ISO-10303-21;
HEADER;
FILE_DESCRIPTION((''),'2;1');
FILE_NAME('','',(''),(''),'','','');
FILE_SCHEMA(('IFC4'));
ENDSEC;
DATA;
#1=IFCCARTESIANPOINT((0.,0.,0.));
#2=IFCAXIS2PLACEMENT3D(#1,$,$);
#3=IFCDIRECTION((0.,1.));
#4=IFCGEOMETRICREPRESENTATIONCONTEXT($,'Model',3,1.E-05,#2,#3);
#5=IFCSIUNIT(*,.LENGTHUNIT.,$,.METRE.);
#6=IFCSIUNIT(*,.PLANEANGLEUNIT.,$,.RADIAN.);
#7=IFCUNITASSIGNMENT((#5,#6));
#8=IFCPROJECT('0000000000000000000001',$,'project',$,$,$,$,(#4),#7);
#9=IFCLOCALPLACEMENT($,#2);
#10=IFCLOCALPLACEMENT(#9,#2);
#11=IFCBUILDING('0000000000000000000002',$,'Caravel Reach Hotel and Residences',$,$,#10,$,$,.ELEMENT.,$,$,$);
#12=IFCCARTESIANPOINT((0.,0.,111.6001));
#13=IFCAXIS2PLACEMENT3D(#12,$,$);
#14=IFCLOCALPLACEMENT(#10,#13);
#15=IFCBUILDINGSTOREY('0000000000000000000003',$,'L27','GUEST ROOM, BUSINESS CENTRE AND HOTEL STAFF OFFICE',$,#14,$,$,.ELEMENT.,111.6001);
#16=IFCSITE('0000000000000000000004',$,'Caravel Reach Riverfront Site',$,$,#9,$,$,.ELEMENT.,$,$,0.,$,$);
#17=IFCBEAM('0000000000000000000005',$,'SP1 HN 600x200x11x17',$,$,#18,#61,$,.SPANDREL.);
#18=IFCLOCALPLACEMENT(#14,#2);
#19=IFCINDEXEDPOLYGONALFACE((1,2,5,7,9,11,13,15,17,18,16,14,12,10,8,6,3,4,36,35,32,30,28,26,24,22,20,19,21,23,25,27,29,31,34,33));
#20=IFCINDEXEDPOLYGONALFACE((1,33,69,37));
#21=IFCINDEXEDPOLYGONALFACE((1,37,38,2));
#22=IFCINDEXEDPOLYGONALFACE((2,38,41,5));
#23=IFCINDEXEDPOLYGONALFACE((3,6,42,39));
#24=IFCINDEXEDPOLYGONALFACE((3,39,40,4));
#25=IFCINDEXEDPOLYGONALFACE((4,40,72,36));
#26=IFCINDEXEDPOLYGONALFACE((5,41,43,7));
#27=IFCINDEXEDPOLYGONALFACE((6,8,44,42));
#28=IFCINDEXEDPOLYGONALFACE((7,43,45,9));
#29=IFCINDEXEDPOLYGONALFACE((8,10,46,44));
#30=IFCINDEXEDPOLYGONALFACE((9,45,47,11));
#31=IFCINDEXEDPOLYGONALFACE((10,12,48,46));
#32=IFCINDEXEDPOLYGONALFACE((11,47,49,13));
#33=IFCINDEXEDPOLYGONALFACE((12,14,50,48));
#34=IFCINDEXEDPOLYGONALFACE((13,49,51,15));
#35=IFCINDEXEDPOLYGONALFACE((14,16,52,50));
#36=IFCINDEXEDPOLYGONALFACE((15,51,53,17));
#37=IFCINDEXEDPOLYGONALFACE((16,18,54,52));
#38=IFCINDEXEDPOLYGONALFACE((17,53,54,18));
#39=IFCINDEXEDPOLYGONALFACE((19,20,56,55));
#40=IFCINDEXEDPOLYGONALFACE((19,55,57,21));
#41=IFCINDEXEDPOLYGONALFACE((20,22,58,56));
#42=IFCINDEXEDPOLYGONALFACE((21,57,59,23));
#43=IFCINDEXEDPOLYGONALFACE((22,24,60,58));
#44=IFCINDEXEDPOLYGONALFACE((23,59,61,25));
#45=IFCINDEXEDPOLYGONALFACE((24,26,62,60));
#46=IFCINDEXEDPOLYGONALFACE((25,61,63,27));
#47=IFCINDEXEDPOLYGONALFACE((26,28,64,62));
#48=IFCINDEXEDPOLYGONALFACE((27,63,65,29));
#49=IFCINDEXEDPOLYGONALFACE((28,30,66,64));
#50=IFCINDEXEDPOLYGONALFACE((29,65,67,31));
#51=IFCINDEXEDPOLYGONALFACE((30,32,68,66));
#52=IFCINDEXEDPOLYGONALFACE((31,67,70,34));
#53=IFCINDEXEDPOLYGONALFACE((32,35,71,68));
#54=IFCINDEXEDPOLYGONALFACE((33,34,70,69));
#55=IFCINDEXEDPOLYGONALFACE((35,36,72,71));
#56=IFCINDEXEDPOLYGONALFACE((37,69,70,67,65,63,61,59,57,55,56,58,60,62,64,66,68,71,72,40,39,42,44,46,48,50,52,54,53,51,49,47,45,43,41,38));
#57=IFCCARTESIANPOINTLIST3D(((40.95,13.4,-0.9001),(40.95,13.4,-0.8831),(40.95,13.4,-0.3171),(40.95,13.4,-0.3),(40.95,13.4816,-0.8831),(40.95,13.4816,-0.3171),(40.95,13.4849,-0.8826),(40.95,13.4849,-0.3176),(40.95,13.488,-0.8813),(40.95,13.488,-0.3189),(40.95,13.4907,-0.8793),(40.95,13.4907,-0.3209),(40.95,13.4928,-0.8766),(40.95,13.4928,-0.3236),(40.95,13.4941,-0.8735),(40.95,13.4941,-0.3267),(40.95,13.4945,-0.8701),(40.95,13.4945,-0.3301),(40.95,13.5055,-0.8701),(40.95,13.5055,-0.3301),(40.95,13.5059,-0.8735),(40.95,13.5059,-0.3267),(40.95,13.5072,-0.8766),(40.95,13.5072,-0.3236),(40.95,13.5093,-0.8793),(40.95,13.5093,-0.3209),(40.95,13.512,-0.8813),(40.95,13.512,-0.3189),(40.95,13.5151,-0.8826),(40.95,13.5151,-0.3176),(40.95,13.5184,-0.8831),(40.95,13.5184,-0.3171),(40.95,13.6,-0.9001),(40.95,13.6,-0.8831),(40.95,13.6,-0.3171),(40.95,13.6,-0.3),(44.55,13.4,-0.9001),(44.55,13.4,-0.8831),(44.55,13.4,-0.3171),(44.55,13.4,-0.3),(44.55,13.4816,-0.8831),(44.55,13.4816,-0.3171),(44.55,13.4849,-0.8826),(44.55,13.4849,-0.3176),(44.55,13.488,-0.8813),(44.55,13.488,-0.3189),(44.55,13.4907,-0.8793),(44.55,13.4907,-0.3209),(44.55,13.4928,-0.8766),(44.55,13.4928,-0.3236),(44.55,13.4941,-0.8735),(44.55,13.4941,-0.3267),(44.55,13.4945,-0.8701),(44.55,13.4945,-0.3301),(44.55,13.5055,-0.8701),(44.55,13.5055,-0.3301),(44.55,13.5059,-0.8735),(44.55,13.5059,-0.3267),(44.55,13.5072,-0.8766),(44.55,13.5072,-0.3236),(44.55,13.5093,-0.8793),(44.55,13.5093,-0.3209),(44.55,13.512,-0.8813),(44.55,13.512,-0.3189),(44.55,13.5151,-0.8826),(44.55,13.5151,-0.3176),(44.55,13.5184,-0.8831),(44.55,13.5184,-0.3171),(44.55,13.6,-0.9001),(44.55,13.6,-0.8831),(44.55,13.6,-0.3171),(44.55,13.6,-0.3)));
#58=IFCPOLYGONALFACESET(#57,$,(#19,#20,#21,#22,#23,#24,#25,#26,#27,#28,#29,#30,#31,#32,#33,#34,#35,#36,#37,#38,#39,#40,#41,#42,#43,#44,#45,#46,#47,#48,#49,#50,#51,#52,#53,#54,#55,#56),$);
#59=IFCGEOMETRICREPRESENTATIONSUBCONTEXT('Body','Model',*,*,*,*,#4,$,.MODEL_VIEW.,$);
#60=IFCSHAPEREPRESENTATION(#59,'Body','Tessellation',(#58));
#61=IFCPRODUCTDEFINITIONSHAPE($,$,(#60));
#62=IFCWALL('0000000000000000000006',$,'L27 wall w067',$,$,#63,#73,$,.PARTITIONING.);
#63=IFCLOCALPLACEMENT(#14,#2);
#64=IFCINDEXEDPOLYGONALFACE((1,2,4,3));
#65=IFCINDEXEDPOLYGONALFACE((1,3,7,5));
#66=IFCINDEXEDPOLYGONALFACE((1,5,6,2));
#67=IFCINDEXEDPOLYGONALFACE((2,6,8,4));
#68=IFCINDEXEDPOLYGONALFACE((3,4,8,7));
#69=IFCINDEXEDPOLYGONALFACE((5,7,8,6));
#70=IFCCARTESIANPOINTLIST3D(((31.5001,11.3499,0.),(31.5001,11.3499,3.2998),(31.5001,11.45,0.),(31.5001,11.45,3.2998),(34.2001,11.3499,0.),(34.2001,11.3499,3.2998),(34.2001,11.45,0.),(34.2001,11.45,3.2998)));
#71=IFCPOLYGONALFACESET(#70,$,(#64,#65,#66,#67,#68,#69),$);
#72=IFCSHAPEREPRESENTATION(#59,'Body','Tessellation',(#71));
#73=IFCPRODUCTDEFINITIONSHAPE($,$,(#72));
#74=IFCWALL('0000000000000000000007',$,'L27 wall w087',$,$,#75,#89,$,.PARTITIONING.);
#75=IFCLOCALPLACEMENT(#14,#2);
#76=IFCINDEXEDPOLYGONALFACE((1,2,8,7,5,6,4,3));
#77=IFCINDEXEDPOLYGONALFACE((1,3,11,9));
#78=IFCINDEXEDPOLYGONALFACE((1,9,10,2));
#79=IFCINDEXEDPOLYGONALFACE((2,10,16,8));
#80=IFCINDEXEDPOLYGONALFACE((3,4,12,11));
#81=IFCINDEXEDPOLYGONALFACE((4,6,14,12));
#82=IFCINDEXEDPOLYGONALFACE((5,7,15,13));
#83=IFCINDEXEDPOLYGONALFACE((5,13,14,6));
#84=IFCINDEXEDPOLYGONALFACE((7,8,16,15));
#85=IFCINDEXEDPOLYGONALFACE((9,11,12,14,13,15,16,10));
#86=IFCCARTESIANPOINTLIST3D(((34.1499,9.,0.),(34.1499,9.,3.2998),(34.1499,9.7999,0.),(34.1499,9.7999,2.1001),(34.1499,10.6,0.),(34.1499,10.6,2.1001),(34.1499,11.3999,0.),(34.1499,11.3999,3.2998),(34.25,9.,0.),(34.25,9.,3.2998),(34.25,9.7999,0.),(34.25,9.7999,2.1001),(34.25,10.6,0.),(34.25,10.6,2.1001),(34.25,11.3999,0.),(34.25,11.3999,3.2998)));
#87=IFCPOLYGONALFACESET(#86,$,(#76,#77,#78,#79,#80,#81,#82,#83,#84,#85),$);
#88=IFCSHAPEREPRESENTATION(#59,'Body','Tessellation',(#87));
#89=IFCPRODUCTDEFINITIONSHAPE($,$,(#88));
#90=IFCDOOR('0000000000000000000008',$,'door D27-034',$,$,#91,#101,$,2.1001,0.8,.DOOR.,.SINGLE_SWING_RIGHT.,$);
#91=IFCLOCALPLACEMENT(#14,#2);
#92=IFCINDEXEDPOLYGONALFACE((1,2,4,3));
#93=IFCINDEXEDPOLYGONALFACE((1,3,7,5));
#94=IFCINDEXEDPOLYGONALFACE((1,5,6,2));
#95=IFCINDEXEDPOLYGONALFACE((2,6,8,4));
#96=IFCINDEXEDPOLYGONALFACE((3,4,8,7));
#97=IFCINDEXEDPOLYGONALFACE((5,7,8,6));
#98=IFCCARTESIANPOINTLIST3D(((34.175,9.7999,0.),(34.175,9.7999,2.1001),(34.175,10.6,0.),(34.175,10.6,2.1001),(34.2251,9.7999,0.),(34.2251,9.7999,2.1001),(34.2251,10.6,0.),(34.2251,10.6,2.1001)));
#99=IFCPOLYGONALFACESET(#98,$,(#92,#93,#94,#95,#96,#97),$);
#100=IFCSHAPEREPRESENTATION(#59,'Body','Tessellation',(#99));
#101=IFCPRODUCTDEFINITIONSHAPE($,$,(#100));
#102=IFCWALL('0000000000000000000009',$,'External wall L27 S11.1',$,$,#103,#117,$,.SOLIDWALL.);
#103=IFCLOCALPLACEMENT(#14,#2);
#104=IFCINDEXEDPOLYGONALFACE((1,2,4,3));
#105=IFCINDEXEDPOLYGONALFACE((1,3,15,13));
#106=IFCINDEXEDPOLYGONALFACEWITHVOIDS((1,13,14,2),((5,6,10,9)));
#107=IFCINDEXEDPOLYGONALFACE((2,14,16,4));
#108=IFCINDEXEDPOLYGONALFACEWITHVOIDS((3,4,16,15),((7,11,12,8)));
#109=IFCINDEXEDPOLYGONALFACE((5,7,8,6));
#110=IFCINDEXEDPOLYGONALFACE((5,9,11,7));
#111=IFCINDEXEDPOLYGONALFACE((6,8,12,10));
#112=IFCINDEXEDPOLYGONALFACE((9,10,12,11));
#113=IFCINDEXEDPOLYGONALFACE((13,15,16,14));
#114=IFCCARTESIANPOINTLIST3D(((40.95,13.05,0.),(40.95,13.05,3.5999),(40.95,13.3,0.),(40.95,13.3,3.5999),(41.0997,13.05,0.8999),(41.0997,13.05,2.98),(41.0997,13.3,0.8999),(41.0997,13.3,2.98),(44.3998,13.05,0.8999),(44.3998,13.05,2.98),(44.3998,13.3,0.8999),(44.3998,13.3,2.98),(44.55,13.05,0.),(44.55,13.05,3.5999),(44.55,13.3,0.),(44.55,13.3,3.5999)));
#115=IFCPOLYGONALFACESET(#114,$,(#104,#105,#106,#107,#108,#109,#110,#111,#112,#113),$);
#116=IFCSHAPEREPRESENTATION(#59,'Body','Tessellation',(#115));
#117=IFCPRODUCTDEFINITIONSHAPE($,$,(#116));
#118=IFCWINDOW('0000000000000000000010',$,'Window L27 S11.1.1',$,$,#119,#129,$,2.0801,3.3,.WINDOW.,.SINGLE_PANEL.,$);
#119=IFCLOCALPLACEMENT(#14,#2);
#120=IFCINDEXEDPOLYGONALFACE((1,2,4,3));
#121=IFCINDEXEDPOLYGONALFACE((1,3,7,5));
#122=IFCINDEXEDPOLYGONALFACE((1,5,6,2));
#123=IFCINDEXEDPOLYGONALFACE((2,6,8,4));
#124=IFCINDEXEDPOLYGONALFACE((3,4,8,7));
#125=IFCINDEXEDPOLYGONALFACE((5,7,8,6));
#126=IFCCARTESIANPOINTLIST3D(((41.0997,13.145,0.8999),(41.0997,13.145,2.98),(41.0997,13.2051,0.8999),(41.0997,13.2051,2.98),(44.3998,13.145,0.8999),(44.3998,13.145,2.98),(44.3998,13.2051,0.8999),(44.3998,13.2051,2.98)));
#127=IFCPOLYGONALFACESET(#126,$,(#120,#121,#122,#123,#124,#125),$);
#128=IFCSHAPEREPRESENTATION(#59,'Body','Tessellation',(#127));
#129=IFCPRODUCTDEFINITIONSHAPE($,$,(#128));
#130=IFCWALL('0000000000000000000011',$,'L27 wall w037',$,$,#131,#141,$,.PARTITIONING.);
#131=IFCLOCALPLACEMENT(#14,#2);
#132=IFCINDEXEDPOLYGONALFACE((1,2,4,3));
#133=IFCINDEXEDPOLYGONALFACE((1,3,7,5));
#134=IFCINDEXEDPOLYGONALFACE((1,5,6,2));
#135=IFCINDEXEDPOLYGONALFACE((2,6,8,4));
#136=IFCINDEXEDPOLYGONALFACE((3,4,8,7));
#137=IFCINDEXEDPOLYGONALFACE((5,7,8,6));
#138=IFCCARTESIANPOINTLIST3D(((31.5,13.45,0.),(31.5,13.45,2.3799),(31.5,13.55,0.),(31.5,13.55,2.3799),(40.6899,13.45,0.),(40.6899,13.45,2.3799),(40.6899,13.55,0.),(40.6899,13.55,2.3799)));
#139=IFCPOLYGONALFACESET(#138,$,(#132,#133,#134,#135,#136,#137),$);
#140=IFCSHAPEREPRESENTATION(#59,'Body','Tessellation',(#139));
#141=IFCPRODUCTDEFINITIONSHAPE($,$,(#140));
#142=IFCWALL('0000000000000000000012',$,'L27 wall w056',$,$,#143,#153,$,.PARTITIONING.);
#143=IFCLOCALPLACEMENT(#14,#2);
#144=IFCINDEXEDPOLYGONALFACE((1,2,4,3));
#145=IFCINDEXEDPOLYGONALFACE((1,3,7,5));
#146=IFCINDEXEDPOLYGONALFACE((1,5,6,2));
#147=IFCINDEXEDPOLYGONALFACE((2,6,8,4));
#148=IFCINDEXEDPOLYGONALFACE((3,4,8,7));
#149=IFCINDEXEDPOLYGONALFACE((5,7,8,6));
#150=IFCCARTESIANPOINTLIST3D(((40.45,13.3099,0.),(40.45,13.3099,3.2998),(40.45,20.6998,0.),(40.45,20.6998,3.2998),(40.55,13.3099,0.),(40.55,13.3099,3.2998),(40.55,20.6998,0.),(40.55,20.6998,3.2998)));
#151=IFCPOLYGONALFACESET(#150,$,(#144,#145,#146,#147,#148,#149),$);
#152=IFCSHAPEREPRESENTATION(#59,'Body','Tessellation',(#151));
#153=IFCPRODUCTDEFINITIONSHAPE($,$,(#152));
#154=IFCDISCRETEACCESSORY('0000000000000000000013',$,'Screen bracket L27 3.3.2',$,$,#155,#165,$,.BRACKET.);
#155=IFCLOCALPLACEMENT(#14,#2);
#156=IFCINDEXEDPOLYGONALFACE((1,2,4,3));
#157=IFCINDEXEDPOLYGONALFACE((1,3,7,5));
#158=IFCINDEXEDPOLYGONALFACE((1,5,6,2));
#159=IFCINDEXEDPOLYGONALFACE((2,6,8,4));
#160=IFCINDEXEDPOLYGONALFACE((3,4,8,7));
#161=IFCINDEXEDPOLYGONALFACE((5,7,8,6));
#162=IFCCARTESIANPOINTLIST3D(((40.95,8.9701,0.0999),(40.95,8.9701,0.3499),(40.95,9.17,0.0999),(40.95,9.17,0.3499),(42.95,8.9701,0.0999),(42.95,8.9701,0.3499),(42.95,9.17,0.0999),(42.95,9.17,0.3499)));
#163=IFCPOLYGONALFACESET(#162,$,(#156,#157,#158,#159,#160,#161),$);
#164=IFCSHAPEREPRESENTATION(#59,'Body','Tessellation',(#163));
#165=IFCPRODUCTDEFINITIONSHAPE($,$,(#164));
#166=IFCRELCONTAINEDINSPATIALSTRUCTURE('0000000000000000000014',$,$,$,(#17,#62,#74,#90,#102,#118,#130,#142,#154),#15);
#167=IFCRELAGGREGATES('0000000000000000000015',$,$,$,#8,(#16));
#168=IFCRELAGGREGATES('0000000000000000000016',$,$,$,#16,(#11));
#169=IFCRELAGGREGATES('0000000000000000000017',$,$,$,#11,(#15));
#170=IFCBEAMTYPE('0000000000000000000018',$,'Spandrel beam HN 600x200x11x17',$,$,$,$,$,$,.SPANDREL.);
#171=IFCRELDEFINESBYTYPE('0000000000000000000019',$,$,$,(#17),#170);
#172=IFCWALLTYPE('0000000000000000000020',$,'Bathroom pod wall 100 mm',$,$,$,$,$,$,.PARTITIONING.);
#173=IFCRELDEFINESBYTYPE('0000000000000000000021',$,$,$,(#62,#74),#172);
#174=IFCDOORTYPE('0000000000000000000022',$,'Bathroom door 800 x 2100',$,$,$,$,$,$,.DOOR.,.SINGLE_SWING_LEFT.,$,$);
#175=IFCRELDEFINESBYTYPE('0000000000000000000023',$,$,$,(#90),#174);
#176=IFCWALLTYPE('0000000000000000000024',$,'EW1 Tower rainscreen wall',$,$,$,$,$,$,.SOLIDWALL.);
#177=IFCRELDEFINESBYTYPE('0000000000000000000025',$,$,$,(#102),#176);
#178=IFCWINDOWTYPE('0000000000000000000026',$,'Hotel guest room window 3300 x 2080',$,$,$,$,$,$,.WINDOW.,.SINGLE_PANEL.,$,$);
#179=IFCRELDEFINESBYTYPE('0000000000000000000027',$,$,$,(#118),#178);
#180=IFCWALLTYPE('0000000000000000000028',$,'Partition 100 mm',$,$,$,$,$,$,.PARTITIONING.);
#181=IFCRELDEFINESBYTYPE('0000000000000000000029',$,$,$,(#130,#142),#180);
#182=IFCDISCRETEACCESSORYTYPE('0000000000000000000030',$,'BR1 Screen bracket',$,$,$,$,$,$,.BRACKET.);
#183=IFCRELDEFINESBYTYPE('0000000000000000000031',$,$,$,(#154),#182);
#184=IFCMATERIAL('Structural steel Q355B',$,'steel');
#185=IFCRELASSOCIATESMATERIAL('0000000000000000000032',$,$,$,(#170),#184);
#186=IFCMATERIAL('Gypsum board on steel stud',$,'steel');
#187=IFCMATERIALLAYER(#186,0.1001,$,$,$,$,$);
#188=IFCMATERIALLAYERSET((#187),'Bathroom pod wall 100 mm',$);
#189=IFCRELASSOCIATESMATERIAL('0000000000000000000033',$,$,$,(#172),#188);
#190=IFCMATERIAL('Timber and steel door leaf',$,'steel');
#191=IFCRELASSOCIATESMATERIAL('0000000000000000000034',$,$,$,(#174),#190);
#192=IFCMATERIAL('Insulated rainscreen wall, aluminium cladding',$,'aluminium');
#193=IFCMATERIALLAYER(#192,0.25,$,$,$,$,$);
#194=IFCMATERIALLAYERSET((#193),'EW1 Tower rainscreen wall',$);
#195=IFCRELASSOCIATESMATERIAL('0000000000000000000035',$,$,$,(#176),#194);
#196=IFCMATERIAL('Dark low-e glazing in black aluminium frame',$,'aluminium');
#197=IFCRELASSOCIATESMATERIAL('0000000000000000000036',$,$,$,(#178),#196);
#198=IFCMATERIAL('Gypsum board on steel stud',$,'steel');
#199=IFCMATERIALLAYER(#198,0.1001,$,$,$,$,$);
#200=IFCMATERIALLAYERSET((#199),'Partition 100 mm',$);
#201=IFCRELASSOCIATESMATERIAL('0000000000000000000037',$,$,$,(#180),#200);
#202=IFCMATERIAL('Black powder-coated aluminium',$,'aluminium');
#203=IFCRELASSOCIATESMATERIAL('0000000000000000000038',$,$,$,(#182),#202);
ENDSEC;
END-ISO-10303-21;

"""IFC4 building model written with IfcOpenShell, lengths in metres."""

from ifc_helpers import new_model, si_unit, direction, frame, frame_2d, origin, origin_2d, place, context, subcontext, project, spatial, rectangle, i_section, extrude, material, layer, layer_set, material_profile, profile_set, type_object, element, fill, save


model = new_model("IFC4")

# Units and contexts
model_context = context("Model", 3, precision=1e-05, world=origin(), true_north=direction((0.0, 1.0)))
body_context = subcontext(model_context, "Body", "Model", "MODEL_VIEW")
ifc_project = project(units=[si_unit("LENGTHUNIT", "METRE"), si_unit("PLANEANGLEUNIT", "RADIAN")], contexts=[model_context])

# Site, building, storey
site_placement = place(None, origin())
site = spatial("IfcSite", under=ifc_project, at=site_placement, Name="Caravel Reach Riverfront Site", CompositionType="ELEMENT", RefElevation=0.0)
building_placement = place(site_placement, origin())
building = spatial("IfcBuilding", under=site, at=building_placement, Name="Caravel Reach Hotel and Residences", CompositionType="ELEMENT")
storey_placement = place(building_placement, frame((0.0, 0.0, 111.6001)))
storey = spatial("IfcBuildingStorey", under=building, at=storey_placement, Name="L27", Description="GUEST ROOM, BUSINESS CENTRE AND HOTEL STAFF OFFICE", CompositionType="ELEMENT", Elevation=111.6001)

# Beam
ifc_material_1 = material(Name="Structural steel Q355B", Category="steel")
ifc_material_profile_1 = material_profile(ifc_material_1, i_section(OverallWidth=0.2, OverallDepth=0.6001, WebThickness=0.011, FlangeThickness=0.0171, FilletRadius=0.0129, at=origin_2d()), Name="HN 600x200x11x17")
ifc_profile_set_1 = profile_set([ifc_material_profile_1], Name="Structural steel Q355B")
beam_type_1 = type_object("IfcBeamType", Name="Spandrel beam HN 600x200x11x17", PredefinedType="SPANDREL", material=ifc_profile_set_1)
beam_1_placement = place(storey_placement, frame((40.95, 13.5, -0.6001), z_axis=(1.0, 0.0, 0.0), x_axis=(0.0, 1.0, 0.0)))
element("IfcBeam", 1, at=beam_1_placement, inside=storey, type_object=beam_type_1, Name="SP1 HN 600x200x11x17", PredefinedType="SPANDREL", context=body_context, shape_type="SweptSolid", body=[
    extrude(i_section(OverallWidth=0.2, OverallDepth=0.6001, WebThickness=0.011, FlangeThickness=0.0171, FilletRadius=0.0129, at=origin_2d()), origin(), (0.0, 0.0, 1.0), 3.6001),
])

# Wall
ifc_material_2 = material(Name="Gypsum board on steel stud", Category="steel")
ifc_layer_1 = layer(ifc_material_2, 0.1001)
ifc_layer_set_1 = layer_set([ifc_layer_1], Name="Bathroom pod wall 100 mm")
wall_type_1 = type_object("IfcWallType", Name="Bathroom pod wall 100 mm", PredefinedType="PARTITIONING", material=ifc_layer_set_1)
wall_1_placement = place(storey_placement, frame((31.5, 11.3999, 0.0), z_axis=(0.0, 0.0, 1.0), x_axis=(1.0, 0.0, 0.0)))
element("IfcWall", 2, at=wall_1_placement, inside=storey, type_object=wall_type_1, Name="L27 wall w067", PredefinedType="PARTITIONING", context=body_context, shape_type="SweptSolid", body=[
    extrude(rectangle(XDim=2.7, YDim=0.1001, at=frame_2d((1.3501, 0.0))), origin(), (0.0, 0.0, 1.0), 3.2998),
])

# Wall, opening, door
wall_2_placement = place(storey_placement, frame((34.2, 9.0, 0.0), z_axis=(0.0, 0.0, 1.0), x_axis=(0.0, 1.0, 0.0)))
wall_2 = element("IfcWall", 3, at=wall_2_placement, inside=storey, type_object=wall_type_1, Name="L27 wall w087", PredefinedType="PARTITIONING", context=body_context, shape_type="SweptSolid", body=[
    extrude(rectangle(XDim=2.3999, YDim=0.1001, at=frame_2d((1.2, 0.0))), origin(), (0.0, 0.0, 1.0), 3.2998),
])
opening_1_placement = place(wall_2_placement, frame((0.8, 0.0, 0.0)))
opening_1 = element("IfcOpeningElement", 4, at=opening_1_placement, cuts=wall_2, PredefinedType="OPENING", context=body_context, shape_type="SweptSolid", body=[
    extrude(rectangle(XDim=0.8, YDim=2.1001, at=frame_2d((0.3999, 1.05))), frame((0.0, 0.0601, 0.0), z_axis=(0.0, -1.0, 0.0), x_axis=(1.0, 0.0, 0.0)), (0.0, 0.0, 1.0), 0.1201),
])
ifc_material_3 = material(Name="Timber and steel door leaf", Category="steel")
door_type = type_object("IfcDoorType", Name="Bathroom door 800 x 2100", OperationType="SINGLE_SWING_LEFT", PredefinedType="DOOR", material=ifc_material_3)
door_placement = place(opening_1_placement, origin())
door = element("IfcDoor", 5, at=door_placement, inside=storey, type_object=door_type, Name="door D27-034", OperationType="SINGLE_SWING_RIGHT", OverallHeight=2.1001, OverallWidth=0.8, PredefinedType="DOOR", context=body_context, shape_type="SweptSolid", body=[
    extrude(rectangle(XDim=0.8, YDim=2.1001, at=frame_2d((0.3999, 1.05))), frame((0.0, 0.0249, 0.0), z_axis=(0.0, -1.0, 0.0), x_axis=(1.0, 0.0, 0.0)), (0.0, 0.0, 1.0), 0.05),
])
fill(opening_1, door)

# Wall, opening, window
ifc_material_4 = material(Name="Insulated rainscreen wall, aluminium cladding", Category="aluminium")
ifc_layer_2 = layer(ifc_material_4, 0.25)
ifc_layer_set_2 = layer_set([ifc_layer_2], Name="EW1 Tower rainscreen wall")
wall_type_2 = type_object("IfcWallType", Name="EW1 Tower rainscreen wall", PredefinedType="SOLIDWALL", material=ifc_layer_set_2)
wall_3_placement = place(storey_placement, frame((40.95, 13.175, 0.0), z_axis=(0.0, 0.0, 1.0), x_axis=(1.0, 0.0, 0.0)))
wall_3 = element("IfcWall", 6, at=wall_3_placement, inside=storey, type_object=wall_type_2, Name="External wall L27 S11.1", PredefinedType="SOLIDWALL", context=body_context, shape_type="SweptSolid", body=[
    extrude(rectangle(XDim=3.6001, YDim=0.25, at=frame_2d((1.8, 0.0))), origin(), (0.0, 0.0, 1.0), 3.5999),
])
opening_2_placement = place(wall_3_placement, frame((0.1499, 0.0, 0.8999)))
opening_2 = element("IfcOpeningElement", 7, at=opening_2_placement, cuts=wall_3, PredefinedType="OPENING", context=body_context, shape_type="SweptSolid", body=[
    extrude(rectangle(XDim=3.3, YDim=2.0801, at=frame_2d((1.6499, 1.04))), frame((0.0, 0.135, 0.0), z_axis=(0.0, -1.0, 0.0), x_axis=(1.0, 0.0, 0.0)), (0.0, 0.0, 1.0), 0.27),
])
ifc_material_5 = material(Name="Dark low-e glazing in black aluminium frame", Category="aluminium")
window_type = type_object("IfcWindowType", Name="Hotel guest room window 3300 x 2080", PartitioningType="SINGLE_PANEL", PredefinedType="WINDOW", material=ifc_material_5)
window_placement = place(opening_2_placement, origin())
window = element("IfcWindow", 8, at=window_placement, inside=storey, type_object=window_type, Name="Window L27 S11.1.1", OverallHeight=2.0801, OverallWidth=3.3, PartitioningType="SINGLE_PANEL", PredefinedType="WINDOW", context=body_context, shape_type="SweptSolid", body=[
    extrude(rectangle(XDim=3.3, YDim=2.0801, at=frame_2d((1.6499, 1.04))), frame((0.0, 0.03, 0.0), z_axis=(0.0, -1.0, 0.0), x_axis=(1.0, 0.0, 0.0)), (0.0, 0.0, 1.0), 0.0601),
])
fill(opening_2, window)

# Walls
ifc_material_6 = material(Name="Gypsum board on steel stud", Category="steel")
ifc_layer_3 = layer(ifc_material_6, 0.1001)
ifc_layer_set_3 = layer_set([ifc_layer_3], Name="Partition 100 mm")
wall_type_3 = type_object("IfcWallType", Name="Partition 100 mm", PredefinedType="PARTITIONING", material=ifc_layer_set_3)
wall_4_placement = place(storey_placement, frame((31.5, 13.5, 0.0), z_axis=(0.0, 0.0, 1.0), x_axis=(1.0, 0.0, 0.0)))
element("IfcWall", 9, at=wall_4_placement, inside=storey, type_object=wall_type_3, Name="L27 wall w037", PredefinedType="PARTITIONING", context=body_context, shape_type="SweptSolid", body=[
    extrude(rectangle(XDim=9.1899, YDim=0.1001, at=frame_2d((4.595, 0.0))), origin(), (0.0, 0.0, 1.0), 2.3799),
])
wall_5_placement = place(storey_placement, frame((40.5, 13.3101, 0.0), z_axis=(0.0, 0.0, 1.0), x_axis=(0.0, 1.0, 0.0)))
element("IfcWall", 10, at=wall_5_placement, inside=storey, type_object=wall_type_3, Name="L27 wall w056", PredefinedType="PARTITIONING", context=body_context, shape_type="SweptSolid", body=[
    extrude(rectangle(XDim=7.3899, YDim=0.1001, at=frame_2d((3.6948, 0.0))), origin(), (0.0, 0.0, 1.0), 3.2998),
])

# Discrete accessory
ifc_material_7 = material(Name="Black powder-coated aluminium", Category="aluminium")
discrete_accessory_type = type_object("IfcDiscreteAccessoryType", Name="BR1 Screen bracket", PredefinedType="BRACKET", material=ifc_material_7)
discrete_accessory_placement = place(storey_placement, frame((41.95, 9.0701, 0.0999), z_axis=(0.0, 0.0, 1.0), x_axis=(1.0, 0.0, 0.0)))
element("IfcDiscreteAccessory", 11, at=discrete_accessory_placement, inside=storey, type_object=discrete_accessory_type, Name="Screen bracket L27 3.3.2", PredefinedType="BRACKET", context=body_context, shape_type="SweptSolid", body=[
    extrude(rectangle(XDim=2.0, YDim=0.2, at=origin_2d()), origin(), (0.0, 0.0, 1.0), 0.25),
])

save(model, "model.ifc")
